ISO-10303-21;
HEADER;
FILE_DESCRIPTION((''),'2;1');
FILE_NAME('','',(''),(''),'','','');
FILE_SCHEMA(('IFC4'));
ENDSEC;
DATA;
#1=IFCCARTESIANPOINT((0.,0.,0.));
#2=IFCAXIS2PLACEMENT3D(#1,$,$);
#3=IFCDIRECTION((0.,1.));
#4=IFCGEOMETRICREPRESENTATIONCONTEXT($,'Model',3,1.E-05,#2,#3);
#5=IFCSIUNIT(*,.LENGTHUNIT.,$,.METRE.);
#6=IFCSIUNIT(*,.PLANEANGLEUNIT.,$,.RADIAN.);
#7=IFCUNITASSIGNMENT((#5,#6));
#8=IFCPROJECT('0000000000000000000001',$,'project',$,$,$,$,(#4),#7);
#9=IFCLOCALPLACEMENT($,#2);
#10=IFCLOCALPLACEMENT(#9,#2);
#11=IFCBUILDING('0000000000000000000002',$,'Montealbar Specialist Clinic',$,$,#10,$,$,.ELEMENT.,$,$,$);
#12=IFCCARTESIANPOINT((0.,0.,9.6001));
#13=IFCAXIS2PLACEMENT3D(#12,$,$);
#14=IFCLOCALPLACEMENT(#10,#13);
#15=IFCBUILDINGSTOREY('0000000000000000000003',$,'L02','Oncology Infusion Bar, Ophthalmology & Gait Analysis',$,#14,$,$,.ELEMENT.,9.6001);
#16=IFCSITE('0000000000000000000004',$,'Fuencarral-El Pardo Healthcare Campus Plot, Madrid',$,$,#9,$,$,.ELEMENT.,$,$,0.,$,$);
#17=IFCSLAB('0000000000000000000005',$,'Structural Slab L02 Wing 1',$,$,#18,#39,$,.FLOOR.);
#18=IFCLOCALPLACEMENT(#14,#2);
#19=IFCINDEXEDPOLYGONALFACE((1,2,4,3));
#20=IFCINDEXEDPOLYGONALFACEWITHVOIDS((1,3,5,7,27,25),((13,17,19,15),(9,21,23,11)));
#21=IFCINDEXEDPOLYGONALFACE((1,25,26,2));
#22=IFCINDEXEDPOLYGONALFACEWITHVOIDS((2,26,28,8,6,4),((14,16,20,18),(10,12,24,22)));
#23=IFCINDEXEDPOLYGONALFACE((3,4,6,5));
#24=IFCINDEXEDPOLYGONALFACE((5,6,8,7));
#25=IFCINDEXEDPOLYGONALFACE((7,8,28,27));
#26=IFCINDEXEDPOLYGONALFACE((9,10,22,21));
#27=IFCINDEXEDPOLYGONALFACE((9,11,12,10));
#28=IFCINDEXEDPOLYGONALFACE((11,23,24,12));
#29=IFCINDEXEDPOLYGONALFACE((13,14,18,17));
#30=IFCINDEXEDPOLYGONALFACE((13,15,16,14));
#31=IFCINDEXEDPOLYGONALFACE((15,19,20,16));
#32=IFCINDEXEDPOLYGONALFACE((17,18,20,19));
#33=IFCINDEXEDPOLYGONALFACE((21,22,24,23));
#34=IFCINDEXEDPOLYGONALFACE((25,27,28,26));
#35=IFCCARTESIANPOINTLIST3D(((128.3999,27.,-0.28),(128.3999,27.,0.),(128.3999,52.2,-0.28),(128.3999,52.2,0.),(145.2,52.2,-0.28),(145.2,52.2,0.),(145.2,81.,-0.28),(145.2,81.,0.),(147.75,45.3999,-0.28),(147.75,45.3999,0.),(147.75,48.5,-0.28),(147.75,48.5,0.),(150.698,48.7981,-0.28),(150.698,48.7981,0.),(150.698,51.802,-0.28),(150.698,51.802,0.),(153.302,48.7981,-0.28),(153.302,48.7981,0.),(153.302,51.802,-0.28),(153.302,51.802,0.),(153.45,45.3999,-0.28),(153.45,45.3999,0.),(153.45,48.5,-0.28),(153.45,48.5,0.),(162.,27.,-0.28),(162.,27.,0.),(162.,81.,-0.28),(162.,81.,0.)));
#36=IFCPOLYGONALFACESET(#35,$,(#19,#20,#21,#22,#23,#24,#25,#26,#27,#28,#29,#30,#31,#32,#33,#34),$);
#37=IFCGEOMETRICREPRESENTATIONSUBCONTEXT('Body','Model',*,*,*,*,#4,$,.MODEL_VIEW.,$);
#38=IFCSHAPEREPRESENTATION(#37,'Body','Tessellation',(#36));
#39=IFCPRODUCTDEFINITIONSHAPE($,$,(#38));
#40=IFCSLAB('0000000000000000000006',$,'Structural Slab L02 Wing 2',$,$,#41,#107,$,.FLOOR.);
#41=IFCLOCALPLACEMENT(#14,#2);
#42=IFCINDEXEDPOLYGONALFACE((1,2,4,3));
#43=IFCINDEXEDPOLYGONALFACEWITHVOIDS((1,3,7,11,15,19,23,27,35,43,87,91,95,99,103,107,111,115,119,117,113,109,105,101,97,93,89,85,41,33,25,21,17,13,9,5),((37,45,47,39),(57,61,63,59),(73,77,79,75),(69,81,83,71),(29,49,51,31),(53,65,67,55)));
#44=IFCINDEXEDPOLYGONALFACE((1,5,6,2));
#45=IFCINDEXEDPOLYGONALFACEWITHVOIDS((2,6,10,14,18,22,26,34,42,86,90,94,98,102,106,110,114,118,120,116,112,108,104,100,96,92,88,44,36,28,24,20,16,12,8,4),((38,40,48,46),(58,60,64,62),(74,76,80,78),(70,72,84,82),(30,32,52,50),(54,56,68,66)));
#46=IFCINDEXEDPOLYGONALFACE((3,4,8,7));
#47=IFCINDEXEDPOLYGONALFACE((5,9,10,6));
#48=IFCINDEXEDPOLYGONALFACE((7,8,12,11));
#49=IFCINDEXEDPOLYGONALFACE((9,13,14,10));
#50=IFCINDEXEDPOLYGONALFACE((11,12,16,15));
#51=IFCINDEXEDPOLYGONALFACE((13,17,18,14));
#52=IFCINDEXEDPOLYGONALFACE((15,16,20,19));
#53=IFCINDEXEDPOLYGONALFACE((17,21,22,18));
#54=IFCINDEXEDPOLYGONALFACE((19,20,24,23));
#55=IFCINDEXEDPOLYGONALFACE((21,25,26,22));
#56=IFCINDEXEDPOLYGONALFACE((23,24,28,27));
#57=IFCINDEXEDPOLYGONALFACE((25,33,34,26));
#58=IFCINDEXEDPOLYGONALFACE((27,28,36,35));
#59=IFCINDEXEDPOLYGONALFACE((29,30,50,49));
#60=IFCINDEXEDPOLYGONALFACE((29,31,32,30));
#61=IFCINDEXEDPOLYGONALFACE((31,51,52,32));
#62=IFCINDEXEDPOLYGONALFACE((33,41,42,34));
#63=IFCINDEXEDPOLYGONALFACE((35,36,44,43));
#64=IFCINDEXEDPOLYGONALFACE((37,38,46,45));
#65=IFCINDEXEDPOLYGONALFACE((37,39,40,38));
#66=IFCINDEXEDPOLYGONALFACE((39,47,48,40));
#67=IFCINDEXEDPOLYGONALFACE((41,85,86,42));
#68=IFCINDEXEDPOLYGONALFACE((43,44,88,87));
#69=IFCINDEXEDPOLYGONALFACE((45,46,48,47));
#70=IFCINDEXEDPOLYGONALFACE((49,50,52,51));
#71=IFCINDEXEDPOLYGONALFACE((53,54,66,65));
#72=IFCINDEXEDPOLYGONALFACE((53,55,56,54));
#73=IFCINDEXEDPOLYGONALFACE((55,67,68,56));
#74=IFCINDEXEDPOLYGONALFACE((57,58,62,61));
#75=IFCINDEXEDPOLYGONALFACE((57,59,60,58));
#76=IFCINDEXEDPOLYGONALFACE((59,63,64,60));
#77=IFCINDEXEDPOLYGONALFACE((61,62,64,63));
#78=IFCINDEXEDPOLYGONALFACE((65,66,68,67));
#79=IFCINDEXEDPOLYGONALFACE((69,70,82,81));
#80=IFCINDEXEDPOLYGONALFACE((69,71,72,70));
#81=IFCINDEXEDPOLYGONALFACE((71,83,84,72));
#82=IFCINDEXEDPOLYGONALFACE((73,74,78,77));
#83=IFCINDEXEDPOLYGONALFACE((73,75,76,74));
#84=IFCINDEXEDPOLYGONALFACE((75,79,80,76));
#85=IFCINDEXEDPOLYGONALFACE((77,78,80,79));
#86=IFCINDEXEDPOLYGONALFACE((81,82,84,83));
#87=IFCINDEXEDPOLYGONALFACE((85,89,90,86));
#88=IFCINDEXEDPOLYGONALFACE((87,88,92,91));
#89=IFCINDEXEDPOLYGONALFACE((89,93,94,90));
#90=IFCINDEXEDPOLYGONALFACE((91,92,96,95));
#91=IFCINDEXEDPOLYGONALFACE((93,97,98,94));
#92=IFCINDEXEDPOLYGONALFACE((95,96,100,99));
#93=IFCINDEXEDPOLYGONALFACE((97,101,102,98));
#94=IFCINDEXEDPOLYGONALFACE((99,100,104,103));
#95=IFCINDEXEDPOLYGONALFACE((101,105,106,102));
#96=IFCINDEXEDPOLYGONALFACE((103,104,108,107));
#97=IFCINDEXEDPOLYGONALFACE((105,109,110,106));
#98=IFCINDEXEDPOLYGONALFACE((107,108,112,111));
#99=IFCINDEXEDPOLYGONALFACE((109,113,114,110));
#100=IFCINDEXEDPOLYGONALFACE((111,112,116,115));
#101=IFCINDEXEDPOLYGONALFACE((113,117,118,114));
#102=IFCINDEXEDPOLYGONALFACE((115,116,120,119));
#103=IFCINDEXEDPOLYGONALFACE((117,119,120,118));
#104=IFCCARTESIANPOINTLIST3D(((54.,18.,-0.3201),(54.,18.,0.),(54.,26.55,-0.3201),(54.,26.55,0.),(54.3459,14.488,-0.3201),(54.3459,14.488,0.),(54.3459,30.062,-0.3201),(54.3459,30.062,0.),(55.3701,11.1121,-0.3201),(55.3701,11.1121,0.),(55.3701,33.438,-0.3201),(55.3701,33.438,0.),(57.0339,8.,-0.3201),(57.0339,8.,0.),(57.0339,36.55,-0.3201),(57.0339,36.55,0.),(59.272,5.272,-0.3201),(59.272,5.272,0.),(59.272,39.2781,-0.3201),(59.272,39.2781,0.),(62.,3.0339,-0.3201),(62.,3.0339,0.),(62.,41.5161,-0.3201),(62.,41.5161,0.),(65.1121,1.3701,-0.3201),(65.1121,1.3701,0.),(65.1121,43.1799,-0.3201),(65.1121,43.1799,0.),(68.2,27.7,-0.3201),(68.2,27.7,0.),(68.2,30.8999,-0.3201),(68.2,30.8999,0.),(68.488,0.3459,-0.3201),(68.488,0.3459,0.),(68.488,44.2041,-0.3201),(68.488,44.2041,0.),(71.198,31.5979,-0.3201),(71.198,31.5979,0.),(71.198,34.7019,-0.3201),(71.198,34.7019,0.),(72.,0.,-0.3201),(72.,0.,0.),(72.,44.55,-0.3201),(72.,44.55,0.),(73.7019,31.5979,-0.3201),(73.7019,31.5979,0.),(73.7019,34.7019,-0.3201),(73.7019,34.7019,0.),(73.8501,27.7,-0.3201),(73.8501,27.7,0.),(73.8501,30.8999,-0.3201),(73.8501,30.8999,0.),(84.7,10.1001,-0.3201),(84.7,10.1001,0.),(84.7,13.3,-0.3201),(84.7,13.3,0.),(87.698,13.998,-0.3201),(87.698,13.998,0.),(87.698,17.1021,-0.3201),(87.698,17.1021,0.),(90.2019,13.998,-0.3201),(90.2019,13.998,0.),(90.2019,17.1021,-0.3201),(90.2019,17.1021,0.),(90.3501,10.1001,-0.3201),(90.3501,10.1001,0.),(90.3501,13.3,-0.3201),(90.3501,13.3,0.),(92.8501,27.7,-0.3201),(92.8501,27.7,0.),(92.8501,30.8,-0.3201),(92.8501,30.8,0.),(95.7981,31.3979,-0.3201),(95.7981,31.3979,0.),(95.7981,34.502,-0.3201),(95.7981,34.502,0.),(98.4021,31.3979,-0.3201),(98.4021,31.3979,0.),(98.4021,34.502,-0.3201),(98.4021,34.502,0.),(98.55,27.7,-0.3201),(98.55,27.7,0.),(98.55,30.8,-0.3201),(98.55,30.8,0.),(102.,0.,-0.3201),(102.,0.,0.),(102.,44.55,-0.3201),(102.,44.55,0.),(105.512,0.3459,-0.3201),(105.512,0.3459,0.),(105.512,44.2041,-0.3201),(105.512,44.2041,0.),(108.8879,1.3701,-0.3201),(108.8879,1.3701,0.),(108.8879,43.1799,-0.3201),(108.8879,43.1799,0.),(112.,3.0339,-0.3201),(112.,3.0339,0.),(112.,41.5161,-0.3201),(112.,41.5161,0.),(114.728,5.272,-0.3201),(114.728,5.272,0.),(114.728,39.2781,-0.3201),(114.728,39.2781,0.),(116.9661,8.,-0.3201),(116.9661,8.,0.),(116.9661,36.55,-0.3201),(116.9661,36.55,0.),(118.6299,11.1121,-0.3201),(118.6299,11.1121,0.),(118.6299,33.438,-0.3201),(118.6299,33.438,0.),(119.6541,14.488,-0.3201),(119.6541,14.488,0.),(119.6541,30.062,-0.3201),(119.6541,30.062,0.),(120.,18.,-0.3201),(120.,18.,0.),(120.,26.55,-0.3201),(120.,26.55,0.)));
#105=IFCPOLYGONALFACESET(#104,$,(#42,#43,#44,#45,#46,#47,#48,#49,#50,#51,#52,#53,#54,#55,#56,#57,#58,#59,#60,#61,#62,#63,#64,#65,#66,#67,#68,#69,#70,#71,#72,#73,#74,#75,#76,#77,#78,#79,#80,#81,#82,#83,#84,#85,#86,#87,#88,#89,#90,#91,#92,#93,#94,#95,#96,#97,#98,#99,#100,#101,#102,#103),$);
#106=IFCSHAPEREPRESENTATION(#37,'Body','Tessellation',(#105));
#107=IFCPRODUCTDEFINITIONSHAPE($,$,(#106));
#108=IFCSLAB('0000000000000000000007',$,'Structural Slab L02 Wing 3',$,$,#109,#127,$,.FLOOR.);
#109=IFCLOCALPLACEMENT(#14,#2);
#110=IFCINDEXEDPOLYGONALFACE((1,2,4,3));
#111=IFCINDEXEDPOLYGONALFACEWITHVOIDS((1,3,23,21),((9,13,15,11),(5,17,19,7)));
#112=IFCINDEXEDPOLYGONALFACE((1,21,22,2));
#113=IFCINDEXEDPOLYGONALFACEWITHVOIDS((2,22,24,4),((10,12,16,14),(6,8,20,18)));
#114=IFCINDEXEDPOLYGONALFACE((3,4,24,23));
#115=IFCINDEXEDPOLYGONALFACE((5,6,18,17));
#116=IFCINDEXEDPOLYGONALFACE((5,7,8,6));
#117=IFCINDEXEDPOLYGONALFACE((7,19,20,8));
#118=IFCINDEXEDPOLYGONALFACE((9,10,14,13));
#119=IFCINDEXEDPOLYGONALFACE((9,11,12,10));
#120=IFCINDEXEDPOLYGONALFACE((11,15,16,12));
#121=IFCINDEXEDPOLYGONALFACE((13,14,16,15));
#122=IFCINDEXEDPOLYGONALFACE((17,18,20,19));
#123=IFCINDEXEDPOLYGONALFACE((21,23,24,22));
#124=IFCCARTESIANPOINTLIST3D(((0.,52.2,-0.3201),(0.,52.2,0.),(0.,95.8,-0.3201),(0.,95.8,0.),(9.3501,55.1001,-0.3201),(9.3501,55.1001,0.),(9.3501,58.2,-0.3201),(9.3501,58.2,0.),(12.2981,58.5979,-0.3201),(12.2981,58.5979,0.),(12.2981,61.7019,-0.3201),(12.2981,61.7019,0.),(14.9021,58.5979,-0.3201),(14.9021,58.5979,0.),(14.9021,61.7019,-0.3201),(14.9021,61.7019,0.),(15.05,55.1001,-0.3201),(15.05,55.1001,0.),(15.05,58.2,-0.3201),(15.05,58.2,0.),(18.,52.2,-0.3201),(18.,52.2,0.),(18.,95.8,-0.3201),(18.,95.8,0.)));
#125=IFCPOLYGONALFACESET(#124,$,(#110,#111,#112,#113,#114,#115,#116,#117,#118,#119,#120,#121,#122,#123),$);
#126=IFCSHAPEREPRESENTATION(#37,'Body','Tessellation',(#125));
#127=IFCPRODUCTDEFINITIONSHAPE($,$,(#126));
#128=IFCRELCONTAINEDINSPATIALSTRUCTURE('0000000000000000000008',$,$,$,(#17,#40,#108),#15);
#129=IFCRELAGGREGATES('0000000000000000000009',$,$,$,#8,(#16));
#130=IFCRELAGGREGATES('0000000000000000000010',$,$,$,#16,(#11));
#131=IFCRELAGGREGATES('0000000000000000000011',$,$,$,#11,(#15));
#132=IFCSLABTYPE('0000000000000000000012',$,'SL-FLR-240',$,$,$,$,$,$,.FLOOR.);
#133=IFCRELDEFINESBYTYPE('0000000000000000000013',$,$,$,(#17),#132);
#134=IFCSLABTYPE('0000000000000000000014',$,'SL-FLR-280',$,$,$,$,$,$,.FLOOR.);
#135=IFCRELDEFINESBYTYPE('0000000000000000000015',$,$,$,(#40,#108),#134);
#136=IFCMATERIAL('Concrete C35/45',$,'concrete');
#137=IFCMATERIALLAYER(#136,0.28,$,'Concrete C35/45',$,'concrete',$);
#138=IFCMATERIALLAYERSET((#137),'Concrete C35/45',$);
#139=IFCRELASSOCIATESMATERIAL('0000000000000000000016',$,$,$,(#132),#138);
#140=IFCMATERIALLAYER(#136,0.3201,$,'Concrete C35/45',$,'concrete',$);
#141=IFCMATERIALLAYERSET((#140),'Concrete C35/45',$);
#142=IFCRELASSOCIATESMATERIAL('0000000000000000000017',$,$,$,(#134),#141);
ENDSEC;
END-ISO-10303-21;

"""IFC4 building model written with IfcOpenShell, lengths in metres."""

from ifc_helpers import new_model, si_unit, direction, frame, origin, origin_2d, place, context, subcontext, project, spatial, polyline, rectangle, outline, extrude, material, layer, layer_set, type_object, element, save


model = new_model("IFC4")

# Units and contexts
model_context = context("Model", 3, precision=1e-05, world=origin(), true_north=direction((0.0, 1.0)))
body_context = subcontext(model_context, "Body", "Model", "MODEL_VIEW")
ifc_project = project(units=[si_unit("LENGTHUNIT", "METRE"), si_unit("PLANEANGLEUNIT", "RADIAN")], contexts=[model_context])

# Site, building, storey
site_placement = place(None, origin())
site = spatial("IfcSite", under=ifc_project, at=site_placement, Name="Fuencarral-El Pardo Healthcare Campus Plot, Madrid", CompositionType="ELEMENT", RefElevation=0.0)
building_placement = place(site_placement, origin())
building = spatial("IfcBuilding", under=site, at=building_placement, Name="Montealbar Specialist Clinic", CompositionType="ELEMENT")
storey_placement = place(building_placement, frame((0.0, 0.0, 9.6001)))
storey = spatial("IfcBuildingStorey", under=building, at=storey_placement, Name="L02", Description="Oncology Infusion Bar, Ophthalmology & Gait Analysis", CompositionType="ELEMENT", Elevation=9.6001)

# Slabs, openings
ifc_material_1 = material(Name="Concrete C35/45", Category="concrete")
ifc_layer_1 = layer(ifc_material_1, 0.28, Name="Concrete C35/45", Category="concrete")
ifc_layer_set_1 = layer_set([ifc_layer_1], Name="Concrete C35/45")
slab_type_1 = type_object("IfcSlabType", Name="SL-FLR-240", PredefinedType="FLOOR", material=ifc_layer_set_1)
slab_1_placement = place(storey_placement, frame((0.0, 0.0, -0.28)))
slab_1 = element("IfcSlab", 1, at=slab_1_placement, inside=storey, type_object=slab_type_1, Name="Structural Slab L02 Wing 1", PredefinedType="FLOOR", context=body_context, shape_type="SweptSolid", body=[
    extrude(outline(polyline([(145.2, 81.0), (162.0, 81.0), (162.0, 27.0), (128.3999, 27.0), (128.3999, 52.2), (145.2, 52.2), (145.2, 81.0)]), holes=[polyline([(147.75, 48.5), (147.75, 45.3999), (153.45, 45.3999), (153.45, 48.5), (147.75, 48.5)]), polyline([(150.698, 51.802), (150.698, 48.7981), (153.302, 48.7981), (153.302, 51.802), (150.698, 51.802)])]), origin(), (0.0, 0.0, 1.0), 0.28),
])
opening_1_placement = place(slab_1_placement, frame((150.6001, 46.95, -0.01)))
element("IfcOpeningElement", 2, at=opening_1_placement, cuts=slab_1, PredefinedType="OPENING", context=body_context, shape_type="SweptSolid", body=[
    extrude(rectangle(XDim=5.696, YDim=3.0962, at=origin_2d()), origin(), (0.0, 0.0, 1.0), 0.3),
])
opening_2_placement = place(slab_1_placement, frame((152.0, 50.3, -0.01)))
element("IfcOpeningElement", 3, at=opening_2_placement, cuts=slab_1, PredefinedType="OPENING", context=body_context, shape_type="SweptSolid", body=[
    extrude(rectangle(XDim=2.6001, YDim=3.0, at=origin_2d()), origin(), (0.0, 0.0, 1.0), 0.3),
])
ifc_layer_2 = layer(ifc_material_1, 0.3201, Name="Concrete C35/45", Category="concrete")
ifc_layer_set_2 = layer_set([ifc_layer_2], Name="Concrete C35/45")
slab_type_2 = type_object("IfcSlabType", Name="SL-FLR-280", PredefinedType="FLOOR", material=ifc_layer_set_2)
slab_2_placement = place(storey_placement, frame((0.0, 0.0, -0.3201)))
slab_2 = element("IfcSlab", 4, at=slab_2_placement, inside=storey, type_object=slab_type_2, Name="Structural Slab L02 Wing 2", PredefinedType="FLOOR", context=body_context, shape_type="SweptSolid", body=[
    extrude(outline(polyline([(55.3701, 33.438), (57.0339, 36.55), (59.272, 39.2781), (62.0, 41.5161), (65.1121, 43.1799), (68.488, 44.2041), (72.0, 44.55), (102.0, 44.55), (105.512, 44.2041), (108.8879, 43.1799), (112.0, 41.5161), (114.728, 39.2781), (116.9661, 36.55), (118.6299, 33.438), (119.6541, 30.062), (120.0, 26.55), (120.0, 18.0), (119.6541, 14.488), (118.6299, 11.1121), (116.9661, 8.0), (114.728, 5.272), (112.0, 3.0339), (108.8879, 1.3701), (105.512, 0.3459), (102.0, 0.0), (72.0, 0.0), (68.488, 0.3459), (65.1121, 1.3701), (62.0, 3.0339), (59.272, 5.272), (57.0339, 8.0), (55.3701, 11.1121), (54.3459, 14.488), (54.0, 18.0), (54.0, 26.55), (54.3459, 30.062), (55.3701, 33.438)]), holes=[polyline([(84.7, 13.3), (84.7, 10.1001), (90.3501, 10.1001), (90.3501, 13.3), (84.7, 13.3)]), polyline([(87.698, 17.1021), (87.698, 13.998), (90.2019, 13.998), (90.2019, 17.1021), (87.698, 17.1021)]), polyline([(92.8501, 30.8), (92.8501, 27.7), (98.55, 27.7), (98.55, 30.8), (92.8501, 30.8)]), polyline([(73.8501, 30.8999), (68.2, 30.8999), (68.2, 27.7), (73.8501, 27.7), (73.8501, 30.8999)]), polyline([(98.4021, 34.502), (95.7981, 34.502), (95.7981, 31.3979), (98.4021, 31.3979), (98.4021, 34.502)]), polyline([(71.198, 34.7019), (71.198, 31.5979), (73.7019, 31.5979), (73.7019, 34.7019), (71.198, 34.7019)])]), origin(), (0.0, 0.0, 1.0), 0.3201),
])
opening_3_placement = place(slab_2_placement, frame((71.0249, 29.2998, -0.01)))
element("IfcOpeningElement", 5, at=opening_3_placement, cuts=slab_2, PredefinedType="OPENING", context=body_context, shape_type="SweptSolid", body=[
    extrude(rectangle(XDim=5.6462, YDim=3.196, at=origin_2d()), origin(), (0.0, 0.0, 1.0), 0.3401),
])
opening_4_placement = place(slab_2_placement, frame((72.45, 33.1499, -0.01)))
element("IfcOpeningElement", 6, at=opening_4_placement, cuts=slab_2, PredefinedType="OPENING", context=body_context, shape_type="SweptSolid", body=[
    extrude(rectangle(XDim=2.5, YDim=3.1001, at=origin_2d()), origin(), (0.0, 0.0, 1.0), 0.3401),
])
opening_5_placement = place(slab_2_placement, frame((87.5249, 11.7002, -0.01)))
element("IfcOpeningElement", 7, at=opening_5_placement, cuts=slab_2, PredefinedType="OPENING", context=body_context, shape_type="SweptSolid", body=[
    extrude(rectangle(XDim=5.6462, YDim=3.196, at=origin_2d()), origin(), (0.0, 0.0, 1.0), 0.3401),
])
opening_6_placement = place(slab_2_placement, frame((88.95, 15.55, -0.01)))
element("IfcOpeningElement", 8, at=opening_6_placement, cuts=slab_2, PredefinedType="OPENING", context=body_context, shape_type="SweptSolid", body=[
    extrude(rectangle(XDim=2.5, YDim=3.1001, at=origin_2d()), origin(), (0.0, 0.0, 1.0), 0.3401),
])
opening_7_placement = place(slab_2_placement, frame((95.7002, 29.25, -0.01)))
element("IfcOpeningElement", 9, at=opening_7_placement, cuts=slab_2, PredefinedType="OPENING", context=body_context, shape_type="SweptSolid", body=[
    extrude(rectangle(XDim=5.696, YDim=3.0962, at=origin_2d()), origin(), (0.0, 0.0, 1.0), 0.3401),
])
opening_8_placement = place(slab_2_placement, frame((97.1001, 32.95, -0.01)))
element("IfcOpeningElement", 10, at=opening_8_placement, cuts=slab_2, PredefinedType="OPENING", context=body_context, shape_type="SweptSolid", body=[
    extrude(rectangle(XDim=2.6001, YDim=3.1001, at=origin_2d()), origin(), (0.0, 0.0, 1.0), 0.3401),
])
slab_3_placement = place(storey_placement, frame((0.0, 0.0, -0.3201)))
slab_3 = element("IfcSlab", 11, at=slab_3_placement, inside=storey, type_object=slab_type_2, Name="Structural Slab L02 Wing 3", PredefinedType="FLOOR", context=body_context, shape_type="SweptSolid", body=[
    extrude(outline(polyline([(18.0, 52.2), (0.0, 52.2), (0.0, 95.8), (18.0, 95.8), (18.0, 52.2)]), holes=[polyline([(15.05, 58.2), (9.3501, 58.2), (9.3501, 55.1001), (15.05, 55.1001), (15.05, 58.2)]), polyline([(14.9021, 61.7019), (12.2981, 61.7019), (12.2981, 58.5979), (14.9021, 58.5979), (14.9021, 61.7019)])]), origin(), (0.0, 0.0, 1.0), 0.3201),
])
opening_9_placement = place(slab_3_placement, frame((12.2002, 56.6499, -0.01)))
element("IfcOpeningElement", 12, at=opening_9_placement, cuts=slab_3, PredefinedType="OPENING", context=body_context, shape_type="SweptSolid", body=[
    extrude(rectangle(XDim=5.696, YDim=3.0959, at=origin_2d()), origin(), (0.0, 0.0, 1.0), 0.3401),
])
opening_10_placement = place(slab_3_placement, frame((13.6001, 60.1499, -0.01)))
element("IfcOpeningElement", 13, at=opening_10_placement, cuts=slab_3, PredefinedType="OPENING", context=body_context, shape_type="SweptSolid", body=[
    extrude(rectangle(XDim=2.6001, YDim=3.1001, at=origin_2d()), origin(), (0.0, 0.0, 1.0), 0.3401),
])

save(model, "model.ifc")
